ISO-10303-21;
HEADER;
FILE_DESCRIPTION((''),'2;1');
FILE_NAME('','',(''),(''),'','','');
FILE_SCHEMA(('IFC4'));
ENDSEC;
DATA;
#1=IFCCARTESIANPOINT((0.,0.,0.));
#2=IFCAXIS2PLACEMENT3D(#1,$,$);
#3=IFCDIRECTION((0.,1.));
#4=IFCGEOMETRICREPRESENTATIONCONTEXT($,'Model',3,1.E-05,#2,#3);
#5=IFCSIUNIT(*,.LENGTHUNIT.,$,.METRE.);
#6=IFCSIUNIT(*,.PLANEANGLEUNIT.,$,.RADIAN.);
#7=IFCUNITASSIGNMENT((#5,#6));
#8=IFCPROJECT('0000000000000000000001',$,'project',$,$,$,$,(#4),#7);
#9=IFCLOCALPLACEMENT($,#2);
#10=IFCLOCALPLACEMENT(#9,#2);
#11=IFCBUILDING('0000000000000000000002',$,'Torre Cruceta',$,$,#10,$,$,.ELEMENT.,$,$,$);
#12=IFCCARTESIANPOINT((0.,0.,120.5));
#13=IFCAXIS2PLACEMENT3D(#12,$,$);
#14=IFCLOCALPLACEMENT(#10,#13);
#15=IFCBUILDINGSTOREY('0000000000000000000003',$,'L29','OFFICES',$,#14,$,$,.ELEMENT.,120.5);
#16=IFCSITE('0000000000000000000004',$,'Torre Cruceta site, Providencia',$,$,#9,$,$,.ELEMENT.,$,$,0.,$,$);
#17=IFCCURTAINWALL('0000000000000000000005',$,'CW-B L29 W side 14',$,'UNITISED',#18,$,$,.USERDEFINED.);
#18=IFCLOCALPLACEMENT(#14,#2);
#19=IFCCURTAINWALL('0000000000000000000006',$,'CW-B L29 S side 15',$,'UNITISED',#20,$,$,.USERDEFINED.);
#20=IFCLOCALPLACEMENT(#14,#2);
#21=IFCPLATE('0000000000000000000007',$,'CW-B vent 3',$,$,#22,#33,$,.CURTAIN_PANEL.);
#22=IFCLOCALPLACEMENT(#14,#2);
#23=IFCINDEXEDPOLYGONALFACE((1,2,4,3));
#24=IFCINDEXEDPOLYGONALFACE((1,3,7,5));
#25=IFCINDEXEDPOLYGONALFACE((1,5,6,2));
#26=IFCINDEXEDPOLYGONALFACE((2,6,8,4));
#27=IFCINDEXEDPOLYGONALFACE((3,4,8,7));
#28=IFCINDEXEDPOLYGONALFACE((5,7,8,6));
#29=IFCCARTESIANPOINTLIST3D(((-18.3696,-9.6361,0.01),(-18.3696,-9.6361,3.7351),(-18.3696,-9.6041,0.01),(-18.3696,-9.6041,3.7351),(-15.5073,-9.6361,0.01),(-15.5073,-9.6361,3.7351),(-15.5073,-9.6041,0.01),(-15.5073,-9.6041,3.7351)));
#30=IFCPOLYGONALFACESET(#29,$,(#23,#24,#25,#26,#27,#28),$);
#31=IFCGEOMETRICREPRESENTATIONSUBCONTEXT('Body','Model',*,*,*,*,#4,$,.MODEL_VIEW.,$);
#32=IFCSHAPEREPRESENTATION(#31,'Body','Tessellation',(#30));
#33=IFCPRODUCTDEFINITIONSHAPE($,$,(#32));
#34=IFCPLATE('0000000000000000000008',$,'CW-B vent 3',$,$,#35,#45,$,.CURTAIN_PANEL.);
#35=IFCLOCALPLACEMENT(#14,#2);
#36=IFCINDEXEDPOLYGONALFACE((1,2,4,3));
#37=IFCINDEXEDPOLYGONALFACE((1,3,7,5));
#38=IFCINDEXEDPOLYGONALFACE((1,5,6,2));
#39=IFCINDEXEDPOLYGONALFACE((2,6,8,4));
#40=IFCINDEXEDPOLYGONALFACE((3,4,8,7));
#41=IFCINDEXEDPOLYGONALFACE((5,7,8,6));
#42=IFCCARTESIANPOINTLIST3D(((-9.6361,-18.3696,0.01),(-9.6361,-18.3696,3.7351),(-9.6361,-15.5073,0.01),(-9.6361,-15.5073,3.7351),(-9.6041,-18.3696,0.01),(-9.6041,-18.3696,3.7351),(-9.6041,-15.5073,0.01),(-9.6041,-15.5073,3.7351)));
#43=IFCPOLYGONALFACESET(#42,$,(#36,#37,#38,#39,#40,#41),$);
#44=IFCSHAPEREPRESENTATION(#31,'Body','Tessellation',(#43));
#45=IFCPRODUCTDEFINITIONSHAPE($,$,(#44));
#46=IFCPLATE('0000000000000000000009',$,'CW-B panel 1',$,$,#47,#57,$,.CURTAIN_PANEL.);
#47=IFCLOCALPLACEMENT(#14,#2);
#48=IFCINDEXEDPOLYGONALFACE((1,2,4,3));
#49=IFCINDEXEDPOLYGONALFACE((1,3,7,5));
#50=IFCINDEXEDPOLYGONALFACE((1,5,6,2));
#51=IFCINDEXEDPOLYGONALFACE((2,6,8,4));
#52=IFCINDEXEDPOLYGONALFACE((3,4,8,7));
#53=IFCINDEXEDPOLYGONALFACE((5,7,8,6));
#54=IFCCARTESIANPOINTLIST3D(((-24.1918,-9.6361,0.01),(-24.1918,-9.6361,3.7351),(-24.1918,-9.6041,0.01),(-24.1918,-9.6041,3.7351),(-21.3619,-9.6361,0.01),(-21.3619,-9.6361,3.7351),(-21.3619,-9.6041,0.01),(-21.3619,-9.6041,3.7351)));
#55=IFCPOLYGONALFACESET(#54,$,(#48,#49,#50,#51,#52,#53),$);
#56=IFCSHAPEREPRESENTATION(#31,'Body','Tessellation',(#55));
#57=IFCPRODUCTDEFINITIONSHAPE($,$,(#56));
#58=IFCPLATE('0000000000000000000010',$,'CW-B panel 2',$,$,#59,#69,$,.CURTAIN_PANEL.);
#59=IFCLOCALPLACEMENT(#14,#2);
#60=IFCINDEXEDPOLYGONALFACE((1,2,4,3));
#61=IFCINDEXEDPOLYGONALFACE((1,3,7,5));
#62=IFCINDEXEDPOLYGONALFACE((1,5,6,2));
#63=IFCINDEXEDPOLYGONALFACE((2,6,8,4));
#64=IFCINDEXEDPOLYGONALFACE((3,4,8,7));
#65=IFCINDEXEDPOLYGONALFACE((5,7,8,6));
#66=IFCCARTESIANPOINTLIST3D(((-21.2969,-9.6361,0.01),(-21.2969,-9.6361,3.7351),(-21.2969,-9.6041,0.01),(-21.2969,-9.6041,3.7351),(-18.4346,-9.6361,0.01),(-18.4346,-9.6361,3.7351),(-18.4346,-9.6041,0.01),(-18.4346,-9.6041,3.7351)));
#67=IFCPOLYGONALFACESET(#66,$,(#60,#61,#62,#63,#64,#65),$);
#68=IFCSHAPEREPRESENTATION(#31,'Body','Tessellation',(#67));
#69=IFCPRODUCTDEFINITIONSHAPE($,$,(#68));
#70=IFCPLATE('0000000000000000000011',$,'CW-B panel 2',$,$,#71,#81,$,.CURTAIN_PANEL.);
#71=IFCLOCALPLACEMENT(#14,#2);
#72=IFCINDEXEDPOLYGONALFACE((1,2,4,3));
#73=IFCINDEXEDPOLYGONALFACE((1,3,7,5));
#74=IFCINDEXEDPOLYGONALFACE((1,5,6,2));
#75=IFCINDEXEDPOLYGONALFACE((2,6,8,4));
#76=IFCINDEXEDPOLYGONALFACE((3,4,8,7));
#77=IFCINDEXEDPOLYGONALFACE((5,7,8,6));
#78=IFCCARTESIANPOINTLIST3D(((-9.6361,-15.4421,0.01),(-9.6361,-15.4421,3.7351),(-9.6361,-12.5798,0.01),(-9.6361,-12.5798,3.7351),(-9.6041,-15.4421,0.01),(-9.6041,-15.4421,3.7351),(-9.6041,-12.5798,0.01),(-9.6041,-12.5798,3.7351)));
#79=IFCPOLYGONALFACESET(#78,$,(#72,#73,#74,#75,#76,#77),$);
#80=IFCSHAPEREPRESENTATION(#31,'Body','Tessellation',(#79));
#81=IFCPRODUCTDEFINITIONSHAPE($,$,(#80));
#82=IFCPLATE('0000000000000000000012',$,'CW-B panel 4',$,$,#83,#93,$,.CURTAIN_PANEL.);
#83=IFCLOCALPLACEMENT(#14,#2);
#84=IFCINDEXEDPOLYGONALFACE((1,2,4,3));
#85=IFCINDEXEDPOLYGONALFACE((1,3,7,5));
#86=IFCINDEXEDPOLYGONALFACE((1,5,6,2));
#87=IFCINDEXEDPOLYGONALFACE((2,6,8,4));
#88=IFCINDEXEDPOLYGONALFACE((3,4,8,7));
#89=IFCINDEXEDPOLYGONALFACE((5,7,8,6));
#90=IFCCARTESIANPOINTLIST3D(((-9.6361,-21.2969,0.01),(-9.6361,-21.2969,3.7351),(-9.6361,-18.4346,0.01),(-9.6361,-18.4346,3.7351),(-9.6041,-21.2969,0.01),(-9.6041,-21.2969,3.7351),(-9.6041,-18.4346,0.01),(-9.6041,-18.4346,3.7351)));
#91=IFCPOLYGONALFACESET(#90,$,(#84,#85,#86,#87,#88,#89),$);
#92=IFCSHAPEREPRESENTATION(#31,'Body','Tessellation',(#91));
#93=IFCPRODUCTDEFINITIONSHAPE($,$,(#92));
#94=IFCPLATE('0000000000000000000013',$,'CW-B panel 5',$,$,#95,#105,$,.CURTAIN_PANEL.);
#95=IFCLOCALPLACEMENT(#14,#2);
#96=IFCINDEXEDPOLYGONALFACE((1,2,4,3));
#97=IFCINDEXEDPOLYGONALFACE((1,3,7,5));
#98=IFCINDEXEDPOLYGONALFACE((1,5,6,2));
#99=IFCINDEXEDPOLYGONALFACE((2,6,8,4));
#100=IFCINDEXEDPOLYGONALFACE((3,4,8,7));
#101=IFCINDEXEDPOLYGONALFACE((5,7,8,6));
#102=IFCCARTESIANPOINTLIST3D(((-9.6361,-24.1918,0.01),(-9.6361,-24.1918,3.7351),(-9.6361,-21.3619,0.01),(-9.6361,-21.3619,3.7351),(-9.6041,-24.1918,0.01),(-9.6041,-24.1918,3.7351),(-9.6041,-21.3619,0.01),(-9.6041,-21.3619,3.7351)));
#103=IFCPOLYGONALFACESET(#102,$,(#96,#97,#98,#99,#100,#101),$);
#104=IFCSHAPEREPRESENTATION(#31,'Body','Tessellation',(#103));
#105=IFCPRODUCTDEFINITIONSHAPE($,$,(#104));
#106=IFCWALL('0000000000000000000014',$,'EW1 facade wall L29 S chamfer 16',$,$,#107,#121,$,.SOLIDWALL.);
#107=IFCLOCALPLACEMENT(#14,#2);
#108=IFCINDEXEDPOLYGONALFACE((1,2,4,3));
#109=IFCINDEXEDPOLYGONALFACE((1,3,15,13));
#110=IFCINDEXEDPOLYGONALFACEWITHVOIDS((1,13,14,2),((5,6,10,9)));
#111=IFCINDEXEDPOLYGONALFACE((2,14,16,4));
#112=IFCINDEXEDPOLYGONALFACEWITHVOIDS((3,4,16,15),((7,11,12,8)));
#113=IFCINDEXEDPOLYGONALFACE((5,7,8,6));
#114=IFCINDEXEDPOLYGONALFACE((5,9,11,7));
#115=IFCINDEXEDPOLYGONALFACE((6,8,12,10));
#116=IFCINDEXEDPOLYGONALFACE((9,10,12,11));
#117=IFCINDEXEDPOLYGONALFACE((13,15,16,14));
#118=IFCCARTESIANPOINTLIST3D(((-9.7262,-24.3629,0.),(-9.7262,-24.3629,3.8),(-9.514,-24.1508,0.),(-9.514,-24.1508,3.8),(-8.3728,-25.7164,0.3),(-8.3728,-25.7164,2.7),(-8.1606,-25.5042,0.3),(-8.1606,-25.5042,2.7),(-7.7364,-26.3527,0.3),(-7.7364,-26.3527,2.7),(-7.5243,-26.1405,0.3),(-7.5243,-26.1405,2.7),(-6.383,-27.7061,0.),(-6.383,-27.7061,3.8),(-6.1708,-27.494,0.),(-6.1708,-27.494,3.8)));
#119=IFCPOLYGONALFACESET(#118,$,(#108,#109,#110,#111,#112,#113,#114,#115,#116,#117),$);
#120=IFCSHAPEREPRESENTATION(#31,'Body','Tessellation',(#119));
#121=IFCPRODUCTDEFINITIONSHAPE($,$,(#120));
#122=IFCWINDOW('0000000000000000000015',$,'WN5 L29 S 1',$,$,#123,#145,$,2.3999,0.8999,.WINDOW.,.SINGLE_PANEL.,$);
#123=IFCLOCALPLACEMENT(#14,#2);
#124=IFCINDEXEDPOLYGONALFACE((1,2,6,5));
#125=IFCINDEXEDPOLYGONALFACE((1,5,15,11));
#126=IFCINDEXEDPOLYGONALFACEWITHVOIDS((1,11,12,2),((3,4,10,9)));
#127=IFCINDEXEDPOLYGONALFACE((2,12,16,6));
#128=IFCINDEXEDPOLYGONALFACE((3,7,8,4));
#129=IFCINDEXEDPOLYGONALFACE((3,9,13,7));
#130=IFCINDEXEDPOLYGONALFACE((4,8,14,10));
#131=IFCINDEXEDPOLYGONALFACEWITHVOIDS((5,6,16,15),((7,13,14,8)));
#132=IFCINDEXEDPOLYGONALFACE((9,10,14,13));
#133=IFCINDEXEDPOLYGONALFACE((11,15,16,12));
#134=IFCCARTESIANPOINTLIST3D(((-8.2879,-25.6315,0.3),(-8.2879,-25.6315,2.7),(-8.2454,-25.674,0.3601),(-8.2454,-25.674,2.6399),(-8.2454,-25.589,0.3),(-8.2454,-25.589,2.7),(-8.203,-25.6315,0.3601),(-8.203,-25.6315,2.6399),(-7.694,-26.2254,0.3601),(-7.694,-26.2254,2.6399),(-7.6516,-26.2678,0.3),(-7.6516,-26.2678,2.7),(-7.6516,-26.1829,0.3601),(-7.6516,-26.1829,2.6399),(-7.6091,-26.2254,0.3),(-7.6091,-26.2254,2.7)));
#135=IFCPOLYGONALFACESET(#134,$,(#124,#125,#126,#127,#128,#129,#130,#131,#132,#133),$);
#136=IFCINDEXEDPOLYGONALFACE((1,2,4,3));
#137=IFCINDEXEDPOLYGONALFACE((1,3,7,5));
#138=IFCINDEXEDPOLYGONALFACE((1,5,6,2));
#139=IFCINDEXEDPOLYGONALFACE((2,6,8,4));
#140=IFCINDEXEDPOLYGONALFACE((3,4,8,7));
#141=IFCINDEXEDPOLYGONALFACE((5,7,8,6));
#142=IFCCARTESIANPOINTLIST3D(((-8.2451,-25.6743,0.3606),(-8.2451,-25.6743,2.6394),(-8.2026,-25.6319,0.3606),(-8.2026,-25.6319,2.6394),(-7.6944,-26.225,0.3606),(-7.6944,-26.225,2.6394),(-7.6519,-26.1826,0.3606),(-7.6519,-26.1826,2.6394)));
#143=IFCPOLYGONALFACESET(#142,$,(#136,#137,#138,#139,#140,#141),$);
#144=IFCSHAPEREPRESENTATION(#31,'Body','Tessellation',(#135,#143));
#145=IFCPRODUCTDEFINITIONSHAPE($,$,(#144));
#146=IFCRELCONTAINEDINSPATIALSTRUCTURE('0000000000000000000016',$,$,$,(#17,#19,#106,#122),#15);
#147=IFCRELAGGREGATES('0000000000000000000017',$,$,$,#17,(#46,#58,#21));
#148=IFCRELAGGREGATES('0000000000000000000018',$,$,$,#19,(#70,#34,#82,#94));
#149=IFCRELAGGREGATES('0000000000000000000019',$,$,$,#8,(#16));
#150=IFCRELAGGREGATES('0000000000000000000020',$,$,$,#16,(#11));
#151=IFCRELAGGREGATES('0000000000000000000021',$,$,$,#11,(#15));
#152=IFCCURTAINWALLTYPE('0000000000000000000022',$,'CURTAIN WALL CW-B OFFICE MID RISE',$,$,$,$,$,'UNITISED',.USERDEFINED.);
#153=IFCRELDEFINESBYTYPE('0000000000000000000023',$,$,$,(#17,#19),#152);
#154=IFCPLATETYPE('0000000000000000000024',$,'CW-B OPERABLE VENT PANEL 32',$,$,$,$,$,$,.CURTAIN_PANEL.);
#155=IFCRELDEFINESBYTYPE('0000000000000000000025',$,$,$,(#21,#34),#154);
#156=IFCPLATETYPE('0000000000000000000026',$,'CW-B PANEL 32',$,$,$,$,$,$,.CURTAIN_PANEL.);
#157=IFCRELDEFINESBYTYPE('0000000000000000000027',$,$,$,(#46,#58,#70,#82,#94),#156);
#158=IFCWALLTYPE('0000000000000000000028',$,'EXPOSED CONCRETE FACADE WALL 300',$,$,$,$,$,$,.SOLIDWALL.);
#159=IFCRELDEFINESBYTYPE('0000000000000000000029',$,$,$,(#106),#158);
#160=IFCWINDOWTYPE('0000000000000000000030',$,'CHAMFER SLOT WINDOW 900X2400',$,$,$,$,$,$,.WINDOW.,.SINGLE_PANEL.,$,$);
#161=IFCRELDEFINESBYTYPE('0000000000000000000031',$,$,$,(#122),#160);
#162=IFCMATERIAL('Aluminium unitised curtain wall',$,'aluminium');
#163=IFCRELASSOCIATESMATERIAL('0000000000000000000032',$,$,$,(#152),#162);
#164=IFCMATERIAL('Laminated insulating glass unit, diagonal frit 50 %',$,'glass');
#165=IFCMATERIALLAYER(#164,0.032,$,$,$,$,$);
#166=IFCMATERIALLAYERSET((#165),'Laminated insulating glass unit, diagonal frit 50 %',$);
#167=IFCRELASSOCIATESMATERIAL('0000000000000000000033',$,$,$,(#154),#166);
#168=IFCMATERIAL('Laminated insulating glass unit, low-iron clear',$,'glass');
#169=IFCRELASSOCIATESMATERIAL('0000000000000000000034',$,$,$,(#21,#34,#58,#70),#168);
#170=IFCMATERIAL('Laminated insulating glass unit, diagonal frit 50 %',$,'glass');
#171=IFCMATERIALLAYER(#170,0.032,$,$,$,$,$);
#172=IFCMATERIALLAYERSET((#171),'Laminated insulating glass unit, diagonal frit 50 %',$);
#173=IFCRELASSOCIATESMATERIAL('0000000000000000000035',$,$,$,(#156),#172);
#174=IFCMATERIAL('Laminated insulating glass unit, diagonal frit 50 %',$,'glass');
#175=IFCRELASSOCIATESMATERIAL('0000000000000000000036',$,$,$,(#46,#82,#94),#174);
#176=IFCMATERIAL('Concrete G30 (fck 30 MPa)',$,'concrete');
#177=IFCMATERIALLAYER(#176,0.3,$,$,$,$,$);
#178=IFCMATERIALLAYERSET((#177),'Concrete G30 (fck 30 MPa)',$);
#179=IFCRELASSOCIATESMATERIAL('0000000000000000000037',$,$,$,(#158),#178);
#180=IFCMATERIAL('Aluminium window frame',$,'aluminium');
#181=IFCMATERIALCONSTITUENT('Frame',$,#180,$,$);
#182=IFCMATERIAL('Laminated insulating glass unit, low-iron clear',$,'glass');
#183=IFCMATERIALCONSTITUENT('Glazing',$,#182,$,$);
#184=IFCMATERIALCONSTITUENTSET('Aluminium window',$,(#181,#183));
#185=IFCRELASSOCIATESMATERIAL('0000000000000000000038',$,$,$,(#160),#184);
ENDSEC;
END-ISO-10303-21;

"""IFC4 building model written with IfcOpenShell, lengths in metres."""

from ifc_helpers import new_model, si_unit, direction, frame, frame_2d, origin, origin_2d, place, context, subcontext, project, spatial, rectangle, hollow_rectangle, extrude, material, layer, layer_set, constituent, constituent_set, type_object, element, fill, aggregate, save


model = new_model("IFC4")

# Units and contexts
model_context = context("Model", 3, precision=1e-05, world=origin(), true_north=direction((0.0, 1.0)))
body_context = subcontext(model_context, "Body", "Model", "MODEL_VIEW")
ifc_project = project(units=[si_unit("LENGTHUNIT", "METRE"), si_unit("PLANEANGLEUNIT", "RADIAN")], contexts=[model_context])

# Site, building, storey
site_placement = place(None, origin())
site = spatial("IfcSite", under=ifc_project, at=site_placement, Name="Torre Cruceta site, Providencia", CompositionType="ELEMENT", RefElevation=0.0)
building_placement = place(site_placement, origin())
building = spatial("IfcBuilding", under=site, at=building_placement, Name="Torre Cruceta", CompositionType="ELEMENT")
storey_placement = place(building_placement, frame((0.0, 0.0, 120.5)))
storey = spatial("IfcBuildingStorey", under=building, at=storey_placement, Name="L29", Description="OFFICES", CompositionType="ELEMENT", Elevation=120.5)

# Curtain walls
ifc_material_1 = material(Name="Aluminium unitised curtain wall", Category="aluminium")
curtain_wall_type = type_object("IfcCurtainWallType", Name="CURTAIN WALL CW-B OFFICE MID RISE", ElementType="UNITISED", PredefinedType="USERDEFINED", material=ifc_material_1)
curtain_wall_1_placement = place(storey_placement, origin())
curtain_wall_1 = element("IfcCurtainWall", 1, at=curtain_wall_1_placement, inside=storey, type_object=curtain_wall_type, Name="CW-B L29 W side 14", ObjectType="UNITISED", PredefinedType="USERDEFINED")
curtain_wall_2_placement = place(storey_placement, origin())
curtain_wall_2 = element("IfcCurtainWall", 2, at=curtain_wall_2_placement, inside=storey, type_object=curtain_wall_type, Name="CW-B L29 S side 15", ObjectType="UNITISED", PredefinedType="USERDEFINED")

# Plates
ifc_material_2 = material(Name="Laminated insulating glass unit, low-iron clear", Category="glass")
ifc_material_3 = material(Name="Laminated insulating glass unit, diagonal frit 50 %", Category="glass")
ifc_layer_1 = layer(ifc_material_3, 0.032)
ifc_layer_set_1 = layer_set([ifc_layer_1], Name="Laminated insulating glass unit, diagonal frit 50 %")
plate_type_1 = type_object("IfcPlateType", Name="CW-B OPERABLE VENT PANEL 32", PredefinedType="CURTAIN_PANEL", material=ifc_layer_set_1)
plate_1_placement = place(storey_placement, frame((-16.9385, -9.6201, 0.01), z_axis=(0.0, 0.0, 1.0), x_axis=(1.0, 0.0, 0.0)))
plate_1 = element("IfcPlate", 3, at=plate_1_placement, type_object=plate_type_1, material=ifc_material_2, Name="CW-B vent 3", PredefinedType="CURTAIN_PANEL", context=body_context, shape_type="SweptSolid", body=[
    extrude(rectangle(XDim=2.8623, YDim=0.032, at=origin_2d()), origin(), (0.0, 0.0, 1.0), 3.7251),
])
plate_2_placement = place(storey_placement, frame((-9.6201, -16.9385, 0.01), z_axis=(0.0, 0.0, 1.0), x_axis=(0.0, -1.0, 0.0)))
plate_2 = element("IfcPlate", 4, at=plate_2_placement, type_object=plate_type_1, material=ifc_material_2, Name="CW-B vent 3", PredefinedType="CURTAIN_PANEL", context=body_context, shape_type="SweptSolid", body=[
    extrude(rectangle(XDim=2.8623, YDim=0.032, at=origin_2d()), origin(), (0.0, 0.0, 1.0), 3.7251),
])
ifc_material_4 = material(Name="Laminated insulating glass unit, diagonal frit 50 %", Category="glass")
ifc_material_5 = material(Name="Laminated insulating glass unit, diagonal frit 50 %", Category="glass")
ifc_layer_2 = layer(ifc_material_5, 0.032)
ifc_layer_set_2 = layer_set([ifc_layer_2], Name="Laminated insulating glass unit, diagonal frit 50 %")
plate_type_2 = type_object("IfcPlateType", Name="CW-B PANEL 32", PredefinedType="CURTAIN_PANEL", material=ifc_layer_set_2)
plate_3_placement = place(storey_placement, frame((-22.7769, -9.6201, 0.01), z_axis=(0.0, 0.0, 1.0), x_axis=(1.0, 0.0, 0.0)))
plate_3 = element("IfcPlate", 5, at=plate_3_placement, type_object=plate_type_2, material=ifc_material_4, Name="CW-B panel 1", PredefinedType="CURTAIN_PANEL", context=body_context, shape_type="SweptSolid", body=[
    extrude(rectangle(XDim=2.8298, YDim=0.032, at=origin_2d()), origin(), (0.0, 0.0, 1.0), 3.7251),
])
plate_4_placement = place(storey_placement, frame((-19.8657, -9.6201, 0.01), z_axis=(0.0, 0.0, 1.0), x_axis=(1.0, 0.0, 0.0)))
plate_4 = element("IfcPlate", 6, at=plate_4_placement, type_object=plate_type_2, material=ifc_material_2, Name="CW-B panel 2", PredefinedType="CURTAIN_PANEL", context=body_context, shape_type="SweptSolid", body=[
    extrude(rectangle(XDim=2.8623, YDim=0.032, at=origin_2d()), origin(), (0.0, 0.0, 1.0), 3.7251),
])
aggregate(curtain_wall_1, [plate_3, plate_4, plate_1])
plate_5_placement = place(storey_placement, frame((-9.6201, -14.011, 0.01), z_axis=(0.0, 0.0, 1.0), x_axis=(0.0, -1.0, 0.0)))
plate_5 = element("IfcPlate", 7, at=plate_5_placement, type_object=plate_type_2, material=ifc_material_2, Name="CW-B panel 2", PredefinedType="CURTAIN_PANEL", context=body_context, shape_type="SweptSolid", body=[
    extrude(rectangle(XDim=2.8623, YDim=0.032, at=origin_2d()), origin(), (0.0, 0.0, 1.0), 3.7251),
])
plate_6_placement = place(storey_placement, frame((-9.6201, -19.8657, 0.01), z_axis=(0.0, 0.0, 1.0), x_axis=(0.0, -1.0, 0.0)))
plate_6 = element("IfcPlate", 8, at=plate_6_placement, type_object=plate_type_2, material=ifc_material_4, Name="CW-B panel 4", PredefinedType="CURTAIN_PANEL", context=body_context, shape_type="SweptSolid", body=[
    extrude(rectangle(XDim=2.8623, YDim=0.032, at=origin_2d()), origin(), (0.0, 0.0, 1.0), 3.7251),
])
plate_7_placement = place(storey_placement, frame((-9.6201, -22.7769, 0.01), z_axis=(0.0, 0.0, 1.0), x_axis=(0.0, -1.0, 0.0)))
plate_7 = element("IfcPlate", 9, at=plate_7_placement, type_object=plate_type_2, material=ifc_material_4, Name="CW-B panel 5", PredefinedType="CURTAIN_PANEL", context=body_context, shape_type="SweptSolid", body=[
    extrude(rectangle(XDim=2.8298, YDim=0.032, at=origin_2d()), origin(), (0.0, 0.0, 1.0), 3.7251),
])
aggregate(curtain_wall_2, [plate_5, plate_2, plate_6, plate_7])

# Wall, opening, window
ifc_material_6 = material(Name="Concrete G30 (fck 30 MPa)", Category="concrete")
ifc_layer_3 = layer(ifc_material_6, 0.3)
ifc_layer_set_3 = layer_set([ifc_layer_3], Name="Concrete G30 (fck 30 MPa)")
wall_type = type_object("IfcWallType", Name="EXPOSED CONCRETE FACADE WALL 300", PredefinedType="SOLIDWALL", material=ifc_layer_set_3)
wall_placement = place(storey_placement, frame((-9.6201, -24.2568, 0.0), z_axis=(0.0, 0.0, 1.0), x_axis=(0.707107, -0.707107, 0.0)))
wall = element("IfcWall", 10, at=wall_placement, inside=storey, type_object=wall_type, Name="EW1 facade wall L29 S chamfer 16", PredefinedType="SOLIDWALL", context=body_context, shape_type="SweptSolid", body=[
    extrude(rectangle(XDim=4.728, YDim=0.3, at=frame_2d((2.364, 0.0))), origin(), (0.0, 0.0, 1.0), 3.8),
])
opening_placement = place(wall_placement, frame((1.9141, 0.0, 0.3)))
opening = element("IfcOpeningElement", 11, at=opening_placement, cuts=wall, PredefinedType="OPENING", context=body_context, shape_type="SweptSolid", body=[
    extrude(rectangle(XDim=0.8999, YDim=2.3999, at=frame_2d((0.45, 1.2))), frame((0.0, 0.1599, 0.0), z_axis=(0.0, -1.0, 0.0), x_axis=(1.0, 0.0, 0.0)), (0.0, 0.0, 1.0), 0.3201),
])
ifc_material_7 = material(Name="Aluminium window frame", Category="aluminium")
ifc_constituent_1 = constituent(ifc_material_7, Name="Frame")
ifc_material_8 = material(Name="Laminated insulating glass unit, low-iron clear", Category="glass")
ifc_constituent_2 = constituent(ifc_material_8, Name="Glazing")
ifc_constituent_set = constituent_set(constituents=[ifc_constituent_1, ifc_constituent_2], Name="Aluminium window")
window_type = type_object("IfcWindowType", Name="CHAMFER SLOT WINDOW 900X2400", PartitioningType="SINGLE_PANEL", PredefinedType="WINDOW", material=ifc_constituent_set)
window_placement = place(opening_placement, origin())
window = element("IfcWindow", 12, at=window_placement, inside=storey, type_object=window_type, Name="WN5 L29 S 1", OverallHeight=2.3999, OverallWidth=0.8999, PartitioningType="SINGLE_PANEL", PredefinedType="WINDOW", context=body_context, shape_type="SweptSolid", body=[
    extrude(hollow_rectangle(XDim=0.8999, YDim=2.3999, WallThickness=0.0601, at=frame_2d((0.45, 1.2))), frame((0.0, 0.03, 0.0), z_axis=(0.0, -1.0, 0.0), x_axis=(1.0, 0.0, 0.0)), (0.0, 0.0, 1.0), 0.0601),
    extrude(rectangle(XDim=0.7788, YDim=2.2788, at=frame_2d((0.45, 1.2))), frame((0.0, 0.03, 0.0), z_axis=(0.0, -1.0, 0.0), x_axis=(1.0, 0.0, 0.0)), (0.0, 0.0, 1.0), 0.0601),
])
fill(opening, window)

save(model, "model.ifc")
